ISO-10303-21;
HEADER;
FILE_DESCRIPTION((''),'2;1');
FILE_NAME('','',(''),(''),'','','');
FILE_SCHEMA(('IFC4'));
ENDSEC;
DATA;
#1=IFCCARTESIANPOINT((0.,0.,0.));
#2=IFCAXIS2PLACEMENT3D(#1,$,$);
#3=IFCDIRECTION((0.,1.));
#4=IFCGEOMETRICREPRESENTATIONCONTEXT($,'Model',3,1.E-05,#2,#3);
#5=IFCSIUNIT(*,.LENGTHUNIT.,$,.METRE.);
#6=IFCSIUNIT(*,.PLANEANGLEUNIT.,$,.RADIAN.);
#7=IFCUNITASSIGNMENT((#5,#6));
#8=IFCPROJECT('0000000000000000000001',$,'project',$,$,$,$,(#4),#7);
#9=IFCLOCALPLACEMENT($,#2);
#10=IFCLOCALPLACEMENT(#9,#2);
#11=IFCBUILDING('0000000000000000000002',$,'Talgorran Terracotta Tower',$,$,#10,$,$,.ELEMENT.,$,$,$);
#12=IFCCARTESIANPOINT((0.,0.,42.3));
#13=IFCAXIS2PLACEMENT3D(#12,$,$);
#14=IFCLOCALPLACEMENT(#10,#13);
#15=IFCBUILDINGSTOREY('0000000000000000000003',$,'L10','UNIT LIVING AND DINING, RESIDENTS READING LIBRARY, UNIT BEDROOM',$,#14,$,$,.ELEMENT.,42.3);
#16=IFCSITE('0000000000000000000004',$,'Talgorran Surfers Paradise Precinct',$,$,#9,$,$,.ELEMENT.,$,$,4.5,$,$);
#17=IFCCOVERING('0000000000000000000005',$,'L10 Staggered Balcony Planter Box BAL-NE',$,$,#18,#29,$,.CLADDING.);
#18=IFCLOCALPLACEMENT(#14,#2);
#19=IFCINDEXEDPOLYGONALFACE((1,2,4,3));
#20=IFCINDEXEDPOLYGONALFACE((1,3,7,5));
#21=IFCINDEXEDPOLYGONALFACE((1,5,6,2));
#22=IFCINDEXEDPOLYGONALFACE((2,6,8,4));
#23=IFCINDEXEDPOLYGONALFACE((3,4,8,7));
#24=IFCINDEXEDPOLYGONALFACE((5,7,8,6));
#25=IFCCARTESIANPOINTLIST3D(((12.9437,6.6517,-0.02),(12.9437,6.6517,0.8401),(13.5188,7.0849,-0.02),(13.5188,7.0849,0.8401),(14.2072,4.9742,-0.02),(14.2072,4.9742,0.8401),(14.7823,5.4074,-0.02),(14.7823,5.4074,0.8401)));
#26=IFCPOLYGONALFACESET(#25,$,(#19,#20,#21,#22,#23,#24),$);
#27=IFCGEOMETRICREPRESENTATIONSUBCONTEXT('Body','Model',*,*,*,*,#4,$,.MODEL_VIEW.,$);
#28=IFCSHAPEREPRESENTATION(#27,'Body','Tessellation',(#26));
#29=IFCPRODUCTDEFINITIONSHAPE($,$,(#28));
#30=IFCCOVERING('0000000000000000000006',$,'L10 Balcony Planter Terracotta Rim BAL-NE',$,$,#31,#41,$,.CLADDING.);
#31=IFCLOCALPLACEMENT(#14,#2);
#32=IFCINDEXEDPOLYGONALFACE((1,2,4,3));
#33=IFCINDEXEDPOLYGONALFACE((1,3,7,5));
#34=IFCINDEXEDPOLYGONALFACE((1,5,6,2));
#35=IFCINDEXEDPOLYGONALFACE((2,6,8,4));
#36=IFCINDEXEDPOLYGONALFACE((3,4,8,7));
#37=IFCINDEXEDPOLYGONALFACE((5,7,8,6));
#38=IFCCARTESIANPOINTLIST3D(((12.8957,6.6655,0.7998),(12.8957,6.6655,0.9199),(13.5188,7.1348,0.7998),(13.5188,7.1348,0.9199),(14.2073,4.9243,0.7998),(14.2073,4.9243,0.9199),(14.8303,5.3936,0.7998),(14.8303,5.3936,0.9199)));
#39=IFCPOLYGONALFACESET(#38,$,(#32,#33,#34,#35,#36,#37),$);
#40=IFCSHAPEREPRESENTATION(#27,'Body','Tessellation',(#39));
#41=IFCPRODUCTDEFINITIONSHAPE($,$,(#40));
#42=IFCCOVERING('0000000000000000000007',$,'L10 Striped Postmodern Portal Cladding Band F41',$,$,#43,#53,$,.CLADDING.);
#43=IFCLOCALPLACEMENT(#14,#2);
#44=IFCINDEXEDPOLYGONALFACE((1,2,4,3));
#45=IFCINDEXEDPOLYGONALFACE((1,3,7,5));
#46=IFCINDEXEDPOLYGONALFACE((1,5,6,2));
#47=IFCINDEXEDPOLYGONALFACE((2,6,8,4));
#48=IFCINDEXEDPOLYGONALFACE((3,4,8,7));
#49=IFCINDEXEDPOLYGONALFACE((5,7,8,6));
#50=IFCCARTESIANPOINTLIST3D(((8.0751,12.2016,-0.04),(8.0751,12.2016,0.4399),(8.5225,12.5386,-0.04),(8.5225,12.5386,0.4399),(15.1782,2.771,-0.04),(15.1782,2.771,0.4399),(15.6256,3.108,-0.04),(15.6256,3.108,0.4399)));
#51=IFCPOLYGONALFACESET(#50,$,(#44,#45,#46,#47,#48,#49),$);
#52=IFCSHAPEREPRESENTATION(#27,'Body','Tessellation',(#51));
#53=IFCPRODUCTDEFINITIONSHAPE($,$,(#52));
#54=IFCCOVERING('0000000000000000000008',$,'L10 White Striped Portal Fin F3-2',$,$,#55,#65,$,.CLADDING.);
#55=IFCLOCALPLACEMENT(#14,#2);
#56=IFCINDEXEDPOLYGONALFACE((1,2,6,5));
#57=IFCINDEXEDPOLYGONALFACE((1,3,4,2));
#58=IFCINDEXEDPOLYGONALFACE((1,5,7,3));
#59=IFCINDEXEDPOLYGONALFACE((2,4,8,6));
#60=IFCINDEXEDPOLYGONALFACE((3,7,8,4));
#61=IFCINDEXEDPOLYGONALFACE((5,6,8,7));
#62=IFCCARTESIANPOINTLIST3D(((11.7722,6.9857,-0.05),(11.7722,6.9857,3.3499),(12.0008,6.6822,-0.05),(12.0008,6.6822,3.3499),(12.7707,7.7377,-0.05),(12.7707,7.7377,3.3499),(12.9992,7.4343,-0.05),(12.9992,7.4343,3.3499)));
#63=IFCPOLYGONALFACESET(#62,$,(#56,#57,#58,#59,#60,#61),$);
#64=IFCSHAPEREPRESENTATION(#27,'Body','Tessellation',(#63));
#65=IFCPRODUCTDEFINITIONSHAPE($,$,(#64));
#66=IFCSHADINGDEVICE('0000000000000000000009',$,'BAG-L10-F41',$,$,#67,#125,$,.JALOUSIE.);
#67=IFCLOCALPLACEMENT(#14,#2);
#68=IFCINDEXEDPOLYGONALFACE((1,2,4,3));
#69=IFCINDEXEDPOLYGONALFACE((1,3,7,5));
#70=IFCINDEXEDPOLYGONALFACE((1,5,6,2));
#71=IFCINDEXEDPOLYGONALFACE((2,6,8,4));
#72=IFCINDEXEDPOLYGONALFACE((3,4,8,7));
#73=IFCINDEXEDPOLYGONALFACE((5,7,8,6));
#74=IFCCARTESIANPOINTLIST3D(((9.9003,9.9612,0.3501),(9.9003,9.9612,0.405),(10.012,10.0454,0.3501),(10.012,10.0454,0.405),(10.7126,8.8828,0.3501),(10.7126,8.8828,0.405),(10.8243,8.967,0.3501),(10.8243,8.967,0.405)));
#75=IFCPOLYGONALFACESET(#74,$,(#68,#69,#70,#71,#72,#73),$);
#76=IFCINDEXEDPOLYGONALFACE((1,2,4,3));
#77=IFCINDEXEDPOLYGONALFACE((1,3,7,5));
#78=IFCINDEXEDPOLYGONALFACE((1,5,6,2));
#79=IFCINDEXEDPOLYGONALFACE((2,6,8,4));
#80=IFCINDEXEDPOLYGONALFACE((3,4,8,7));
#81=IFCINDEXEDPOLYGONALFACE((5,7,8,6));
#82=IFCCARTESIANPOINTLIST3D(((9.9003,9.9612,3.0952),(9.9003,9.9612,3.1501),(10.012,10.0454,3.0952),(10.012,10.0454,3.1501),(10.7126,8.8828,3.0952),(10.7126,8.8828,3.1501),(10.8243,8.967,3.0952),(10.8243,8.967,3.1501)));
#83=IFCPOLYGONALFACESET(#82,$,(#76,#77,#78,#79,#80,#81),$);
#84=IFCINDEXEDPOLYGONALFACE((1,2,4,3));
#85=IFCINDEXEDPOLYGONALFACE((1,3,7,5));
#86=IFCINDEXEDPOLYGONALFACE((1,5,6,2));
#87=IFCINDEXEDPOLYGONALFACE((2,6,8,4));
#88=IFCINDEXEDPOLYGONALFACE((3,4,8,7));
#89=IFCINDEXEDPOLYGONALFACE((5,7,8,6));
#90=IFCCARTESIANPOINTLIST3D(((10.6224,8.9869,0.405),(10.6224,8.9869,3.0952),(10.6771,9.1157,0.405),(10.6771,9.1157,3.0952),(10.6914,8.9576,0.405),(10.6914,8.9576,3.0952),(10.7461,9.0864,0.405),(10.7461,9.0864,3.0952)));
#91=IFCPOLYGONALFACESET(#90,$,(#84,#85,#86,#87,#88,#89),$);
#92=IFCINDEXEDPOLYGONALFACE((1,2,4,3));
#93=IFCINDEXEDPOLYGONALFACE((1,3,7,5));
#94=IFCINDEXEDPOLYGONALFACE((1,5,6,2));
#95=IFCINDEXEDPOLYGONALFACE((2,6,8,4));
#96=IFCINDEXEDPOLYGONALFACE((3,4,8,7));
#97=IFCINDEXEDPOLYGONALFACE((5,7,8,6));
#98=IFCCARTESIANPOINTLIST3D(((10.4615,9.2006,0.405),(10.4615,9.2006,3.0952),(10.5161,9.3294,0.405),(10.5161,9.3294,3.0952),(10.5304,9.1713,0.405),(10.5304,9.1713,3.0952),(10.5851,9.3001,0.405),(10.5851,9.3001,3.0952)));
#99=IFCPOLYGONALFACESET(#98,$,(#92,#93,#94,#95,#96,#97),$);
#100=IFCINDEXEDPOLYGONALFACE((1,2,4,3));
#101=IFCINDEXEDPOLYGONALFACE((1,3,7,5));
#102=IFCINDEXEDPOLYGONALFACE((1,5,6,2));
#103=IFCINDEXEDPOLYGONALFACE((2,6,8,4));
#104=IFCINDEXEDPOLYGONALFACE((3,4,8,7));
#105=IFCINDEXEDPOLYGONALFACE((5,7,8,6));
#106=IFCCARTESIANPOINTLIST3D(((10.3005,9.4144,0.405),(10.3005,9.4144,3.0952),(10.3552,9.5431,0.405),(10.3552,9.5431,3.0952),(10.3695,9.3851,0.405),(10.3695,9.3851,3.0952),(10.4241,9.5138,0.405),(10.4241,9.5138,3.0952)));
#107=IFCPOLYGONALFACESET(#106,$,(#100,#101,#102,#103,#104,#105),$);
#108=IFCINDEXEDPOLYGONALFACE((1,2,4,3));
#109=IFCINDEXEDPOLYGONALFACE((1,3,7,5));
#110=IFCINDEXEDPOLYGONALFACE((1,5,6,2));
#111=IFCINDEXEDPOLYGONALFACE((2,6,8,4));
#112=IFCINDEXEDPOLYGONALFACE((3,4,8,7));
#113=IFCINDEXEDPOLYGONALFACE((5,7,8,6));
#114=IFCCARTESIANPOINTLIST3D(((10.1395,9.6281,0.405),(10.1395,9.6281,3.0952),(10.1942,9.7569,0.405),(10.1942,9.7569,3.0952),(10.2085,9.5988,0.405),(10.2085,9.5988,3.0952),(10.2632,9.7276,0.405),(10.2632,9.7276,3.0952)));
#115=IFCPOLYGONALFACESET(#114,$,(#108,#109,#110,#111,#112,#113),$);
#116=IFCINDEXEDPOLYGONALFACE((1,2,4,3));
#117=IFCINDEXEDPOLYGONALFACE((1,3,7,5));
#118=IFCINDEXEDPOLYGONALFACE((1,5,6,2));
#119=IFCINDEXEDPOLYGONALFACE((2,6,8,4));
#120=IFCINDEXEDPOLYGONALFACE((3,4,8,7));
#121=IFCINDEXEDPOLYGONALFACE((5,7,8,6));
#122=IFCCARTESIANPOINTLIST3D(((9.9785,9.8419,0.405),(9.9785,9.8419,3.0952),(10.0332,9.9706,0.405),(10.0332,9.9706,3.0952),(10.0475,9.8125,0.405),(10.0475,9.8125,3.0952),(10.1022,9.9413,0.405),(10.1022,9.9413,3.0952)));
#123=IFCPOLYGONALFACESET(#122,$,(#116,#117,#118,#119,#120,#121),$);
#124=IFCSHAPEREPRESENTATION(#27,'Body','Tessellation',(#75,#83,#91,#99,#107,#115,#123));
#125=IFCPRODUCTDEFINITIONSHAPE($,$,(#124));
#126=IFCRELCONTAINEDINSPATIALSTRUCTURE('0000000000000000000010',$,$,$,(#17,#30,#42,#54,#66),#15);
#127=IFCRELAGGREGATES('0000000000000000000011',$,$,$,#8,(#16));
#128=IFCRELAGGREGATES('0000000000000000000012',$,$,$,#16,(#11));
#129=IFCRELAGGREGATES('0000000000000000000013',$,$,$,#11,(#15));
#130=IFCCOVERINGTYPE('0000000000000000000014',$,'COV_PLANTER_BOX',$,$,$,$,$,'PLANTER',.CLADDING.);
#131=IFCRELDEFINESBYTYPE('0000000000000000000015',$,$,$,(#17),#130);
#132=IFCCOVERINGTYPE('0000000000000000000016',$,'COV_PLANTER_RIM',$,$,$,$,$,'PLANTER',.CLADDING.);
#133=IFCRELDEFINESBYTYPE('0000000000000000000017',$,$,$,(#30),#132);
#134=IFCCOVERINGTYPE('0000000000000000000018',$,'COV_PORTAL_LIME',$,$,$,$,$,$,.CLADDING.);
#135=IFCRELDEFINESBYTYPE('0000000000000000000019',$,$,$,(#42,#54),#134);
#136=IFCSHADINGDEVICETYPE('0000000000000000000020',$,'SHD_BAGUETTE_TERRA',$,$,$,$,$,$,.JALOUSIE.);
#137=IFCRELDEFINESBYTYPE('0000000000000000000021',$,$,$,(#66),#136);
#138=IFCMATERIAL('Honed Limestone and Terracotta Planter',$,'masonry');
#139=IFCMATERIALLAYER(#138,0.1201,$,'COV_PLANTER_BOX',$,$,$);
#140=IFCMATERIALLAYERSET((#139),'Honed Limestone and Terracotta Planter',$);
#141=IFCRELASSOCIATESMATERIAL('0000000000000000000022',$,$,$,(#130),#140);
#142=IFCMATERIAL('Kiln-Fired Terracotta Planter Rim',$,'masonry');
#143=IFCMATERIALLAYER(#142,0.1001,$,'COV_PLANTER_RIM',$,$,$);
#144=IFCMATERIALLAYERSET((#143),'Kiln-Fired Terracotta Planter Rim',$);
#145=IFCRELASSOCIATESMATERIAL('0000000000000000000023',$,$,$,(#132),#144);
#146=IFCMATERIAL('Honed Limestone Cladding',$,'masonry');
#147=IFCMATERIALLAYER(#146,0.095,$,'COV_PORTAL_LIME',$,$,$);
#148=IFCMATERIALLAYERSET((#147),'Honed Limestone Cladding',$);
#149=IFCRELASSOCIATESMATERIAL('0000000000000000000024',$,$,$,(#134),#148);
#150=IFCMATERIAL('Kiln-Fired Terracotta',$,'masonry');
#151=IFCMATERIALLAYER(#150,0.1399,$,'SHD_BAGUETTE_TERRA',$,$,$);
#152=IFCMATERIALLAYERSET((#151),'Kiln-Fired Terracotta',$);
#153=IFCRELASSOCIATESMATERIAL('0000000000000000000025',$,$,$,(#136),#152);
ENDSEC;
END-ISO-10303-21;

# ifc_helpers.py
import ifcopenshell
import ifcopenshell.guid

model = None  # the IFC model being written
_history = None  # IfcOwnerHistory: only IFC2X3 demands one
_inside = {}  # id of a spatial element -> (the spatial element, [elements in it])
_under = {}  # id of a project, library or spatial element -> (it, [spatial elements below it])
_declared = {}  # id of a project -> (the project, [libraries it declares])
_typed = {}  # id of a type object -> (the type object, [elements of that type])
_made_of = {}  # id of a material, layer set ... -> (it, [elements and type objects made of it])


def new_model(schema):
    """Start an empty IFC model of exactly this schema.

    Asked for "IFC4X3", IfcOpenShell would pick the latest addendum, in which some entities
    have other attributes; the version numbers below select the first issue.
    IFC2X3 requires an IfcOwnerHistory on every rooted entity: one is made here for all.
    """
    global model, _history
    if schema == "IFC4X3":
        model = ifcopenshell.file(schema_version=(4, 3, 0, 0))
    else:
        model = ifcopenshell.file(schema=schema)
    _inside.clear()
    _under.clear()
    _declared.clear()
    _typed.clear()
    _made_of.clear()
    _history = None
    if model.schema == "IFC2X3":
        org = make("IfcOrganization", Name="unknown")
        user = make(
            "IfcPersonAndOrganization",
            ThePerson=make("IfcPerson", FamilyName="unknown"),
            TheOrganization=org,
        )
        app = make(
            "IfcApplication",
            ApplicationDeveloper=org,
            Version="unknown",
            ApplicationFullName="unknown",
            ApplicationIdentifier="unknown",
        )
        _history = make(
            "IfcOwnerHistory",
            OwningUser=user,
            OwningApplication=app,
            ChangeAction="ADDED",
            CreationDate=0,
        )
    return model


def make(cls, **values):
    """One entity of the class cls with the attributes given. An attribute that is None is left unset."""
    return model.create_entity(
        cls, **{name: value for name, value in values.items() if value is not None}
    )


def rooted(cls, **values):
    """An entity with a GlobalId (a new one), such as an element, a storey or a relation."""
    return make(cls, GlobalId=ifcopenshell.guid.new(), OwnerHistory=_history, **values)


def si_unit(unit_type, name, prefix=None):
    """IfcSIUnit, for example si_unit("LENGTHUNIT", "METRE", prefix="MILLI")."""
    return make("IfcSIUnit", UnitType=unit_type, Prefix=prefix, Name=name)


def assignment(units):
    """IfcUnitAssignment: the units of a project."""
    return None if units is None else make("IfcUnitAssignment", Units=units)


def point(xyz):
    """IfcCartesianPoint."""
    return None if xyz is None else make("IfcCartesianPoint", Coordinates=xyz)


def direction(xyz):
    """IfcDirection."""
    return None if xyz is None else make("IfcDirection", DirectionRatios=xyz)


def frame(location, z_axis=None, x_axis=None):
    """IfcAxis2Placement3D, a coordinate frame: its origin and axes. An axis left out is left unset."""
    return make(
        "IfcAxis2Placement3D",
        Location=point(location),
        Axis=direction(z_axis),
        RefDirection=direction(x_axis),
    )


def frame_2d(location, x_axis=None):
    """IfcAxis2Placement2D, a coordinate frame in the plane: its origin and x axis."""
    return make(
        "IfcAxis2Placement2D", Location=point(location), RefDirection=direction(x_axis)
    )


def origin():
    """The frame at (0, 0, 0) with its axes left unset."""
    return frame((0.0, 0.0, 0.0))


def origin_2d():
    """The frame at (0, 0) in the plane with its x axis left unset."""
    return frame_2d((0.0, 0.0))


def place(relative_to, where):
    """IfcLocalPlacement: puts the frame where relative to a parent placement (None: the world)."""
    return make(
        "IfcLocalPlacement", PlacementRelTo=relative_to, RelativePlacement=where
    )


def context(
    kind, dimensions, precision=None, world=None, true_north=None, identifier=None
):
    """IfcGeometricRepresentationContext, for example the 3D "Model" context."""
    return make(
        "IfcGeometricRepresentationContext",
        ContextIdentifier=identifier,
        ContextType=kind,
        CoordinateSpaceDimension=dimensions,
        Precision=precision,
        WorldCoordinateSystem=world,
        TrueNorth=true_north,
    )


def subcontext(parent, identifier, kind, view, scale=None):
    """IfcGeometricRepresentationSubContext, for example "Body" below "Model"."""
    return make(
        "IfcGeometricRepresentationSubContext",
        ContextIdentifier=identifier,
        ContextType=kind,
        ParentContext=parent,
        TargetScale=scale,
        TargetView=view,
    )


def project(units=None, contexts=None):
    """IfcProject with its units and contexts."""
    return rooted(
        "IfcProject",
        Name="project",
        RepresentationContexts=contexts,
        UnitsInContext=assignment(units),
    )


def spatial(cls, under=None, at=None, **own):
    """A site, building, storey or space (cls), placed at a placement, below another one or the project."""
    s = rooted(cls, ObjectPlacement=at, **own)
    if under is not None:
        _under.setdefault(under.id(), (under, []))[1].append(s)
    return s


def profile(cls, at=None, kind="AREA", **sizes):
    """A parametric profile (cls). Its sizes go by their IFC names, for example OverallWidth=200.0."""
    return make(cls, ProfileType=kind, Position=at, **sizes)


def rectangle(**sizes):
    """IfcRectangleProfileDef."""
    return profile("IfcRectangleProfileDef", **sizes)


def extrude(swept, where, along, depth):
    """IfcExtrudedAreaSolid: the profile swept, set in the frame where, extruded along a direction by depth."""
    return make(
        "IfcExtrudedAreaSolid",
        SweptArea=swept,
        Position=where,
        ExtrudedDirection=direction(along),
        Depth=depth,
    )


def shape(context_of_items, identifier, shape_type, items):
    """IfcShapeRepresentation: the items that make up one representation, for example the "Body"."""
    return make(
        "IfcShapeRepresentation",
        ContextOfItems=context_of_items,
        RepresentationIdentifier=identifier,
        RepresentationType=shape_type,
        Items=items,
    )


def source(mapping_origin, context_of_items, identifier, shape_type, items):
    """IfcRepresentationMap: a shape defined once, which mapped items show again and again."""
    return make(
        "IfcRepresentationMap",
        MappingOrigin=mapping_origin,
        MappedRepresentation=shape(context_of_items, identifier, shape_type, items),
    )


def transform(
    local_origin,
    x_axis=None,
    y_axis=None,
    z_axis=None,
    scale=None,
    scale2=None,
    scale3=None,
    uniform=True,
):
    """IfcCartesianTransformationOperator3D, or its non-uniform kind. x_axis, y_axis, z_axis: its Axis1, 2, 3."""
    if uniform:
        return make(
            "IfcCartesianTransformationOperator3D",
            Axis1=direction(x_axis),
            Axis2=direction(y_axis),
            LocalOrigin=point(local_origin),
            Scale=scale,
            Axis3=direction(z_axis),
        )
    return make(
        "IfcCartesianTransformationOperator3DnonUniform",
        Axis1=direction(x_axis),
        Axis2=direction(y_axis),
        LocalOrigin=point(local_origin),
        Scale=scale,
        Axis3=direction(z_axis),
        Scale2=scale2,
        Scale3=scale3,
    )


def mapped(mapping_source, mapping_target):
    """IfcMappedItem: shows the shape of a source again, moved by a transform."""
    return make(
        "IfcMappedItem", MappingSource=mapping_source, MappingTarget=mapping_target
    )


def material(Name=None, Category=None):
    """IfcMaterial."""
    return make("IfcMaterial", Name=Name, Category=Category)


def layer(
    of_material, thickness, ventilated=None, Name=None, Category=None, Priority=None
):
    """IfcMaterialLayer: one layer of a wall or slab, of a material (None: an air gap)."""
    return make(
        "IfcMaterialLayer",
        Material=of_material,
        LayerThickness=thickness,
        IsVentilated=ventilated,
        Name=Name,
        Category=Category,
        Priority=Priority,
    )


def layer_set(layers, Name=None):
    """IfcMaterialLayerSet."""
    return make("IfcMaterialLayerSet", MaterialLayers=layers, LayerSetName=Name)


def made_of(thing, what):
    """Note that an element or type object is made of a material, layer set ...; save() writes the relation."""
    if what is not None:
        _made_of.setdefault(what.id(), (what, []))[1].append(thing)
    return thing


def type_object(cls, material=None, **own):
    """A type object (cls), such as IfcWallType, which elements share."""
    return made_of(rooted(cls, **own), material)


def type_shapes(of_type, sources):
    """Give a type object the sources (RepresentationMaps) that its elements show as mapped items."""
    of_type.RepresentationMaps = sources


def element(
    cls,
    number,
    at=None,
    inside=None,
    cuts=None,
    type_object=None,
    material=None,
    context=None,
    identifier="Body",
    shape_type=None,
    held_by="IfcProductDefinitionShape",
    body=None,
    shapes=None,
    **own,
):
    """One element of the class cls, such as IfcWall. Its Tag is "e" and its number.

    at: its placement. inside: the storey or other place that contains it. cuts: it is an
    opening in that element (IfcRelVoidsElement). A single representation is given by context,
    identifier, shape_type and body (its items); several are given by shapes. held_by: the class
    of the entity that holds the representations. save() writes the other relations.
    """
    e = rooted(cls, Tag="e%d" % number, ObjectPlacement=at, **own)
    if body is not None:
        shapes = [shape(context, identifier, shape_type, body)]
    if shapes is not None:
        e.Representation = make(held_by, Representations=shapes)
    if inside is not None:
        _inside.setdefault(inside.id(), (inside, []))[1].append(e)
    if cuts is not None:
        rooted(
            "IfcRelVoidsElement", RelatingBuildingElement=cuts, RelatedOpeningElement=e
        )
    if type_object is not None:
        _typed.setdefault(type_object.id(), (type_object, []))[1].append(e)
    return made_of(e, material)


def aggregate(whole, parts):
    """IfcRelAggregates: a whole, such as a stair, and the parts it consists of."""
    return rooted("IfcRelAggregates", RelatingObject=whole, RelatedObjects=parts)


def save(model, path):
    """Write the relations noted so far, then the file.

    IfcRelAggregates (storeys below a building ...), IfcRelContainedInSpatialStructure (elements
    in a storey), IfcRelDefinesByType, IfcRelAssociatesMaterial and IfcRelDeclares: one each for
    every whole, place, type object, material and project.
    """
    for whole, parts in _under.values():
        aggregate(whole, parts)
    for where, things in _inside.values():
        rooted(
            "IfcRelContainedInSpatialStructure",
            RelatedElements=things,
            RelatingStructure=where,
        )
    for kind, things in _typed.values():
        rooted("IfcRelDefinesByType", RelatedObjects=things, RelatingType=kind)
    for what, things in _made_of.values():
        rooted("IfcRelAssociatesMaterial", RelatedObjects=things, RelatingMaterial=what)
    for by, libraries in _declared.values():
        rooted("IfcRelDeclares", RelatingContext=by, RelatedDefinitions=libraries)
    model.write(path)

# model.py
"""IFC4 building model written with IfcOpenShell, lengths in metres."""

from ifc_helpers import new_model, si_unit, direction, frame, origin, origin_2d, place, context, subcontext, project, spatial, rectangle, extrude, source, transform, mapped, material, layer, layer_set, type_object, type_shapes, element, save


model = new_model("IFC4")

# Units and contexts
model_context = context("Model", 3, precision=1e-05, world=origin(), true_north=direction((0.0, 1.0)))
body_context = subcontext(model_context, "Body", "Model", "MODEL_VIEW")
ifc_project = project(units=[si_unit("LENGTHUNIT", "METRE"), si_unit("PLANEANGLEUNIT", "RADIAN")], contexts=[model_context])

# Site, building, storey
site_placement = place(None, origin())
site = spatial("IfcSite", under=ifc_project, at=site_placement, Name="Talgorran Surfers Paradise Precinct", CompositionType="ELEMENT", RefElevation=4.5)
building_placement = place(site_placement, origin())
building = spatial("IfcBuilding", under=site, at=building_placement, Name="Talgorran Terracotta Tower", CompositionType="ELEMENT")
storey_placement = place(building_placement, frame((0.0, 0.0, 42.3)))
storey = spatial("IfcBuildingStorey", under=building, at=storey_placement, Name="L10", Description="UNIT LIVING AND DINING, RESIDENTS READING LIBRARY, UNIT BEDROOM", CompositionType="ELEMENT", Elevation=42.3)

# Coverings
ifc_material_1 = material(Name="Honed Limestone and Terracotta Planter", Category="masonry")
ifc_layer_1 = layer(ifc_material_1, 0.1201, Name="COV_PLANTER_BOX")
ifc_layer_set_1 = layer_set([ifc_layer_1], Name="Honed Limestone and Terracotta Planter")
covering_type_1 = type_object("IfcCoveringType", Name="COV_PLANTER_BOX", ElementType="PLANTER", PredefinedType="CLADDING", material=ifc_layer_set_1)
covering_1_placement = place(storey_placement, frame((13.863, 6.0295, -0.02), z_axis=(0.0, 0.0, 1.0), x_axis=(-0.601634, 0.798772, 0.0)))
element("IfcCovering", 1, at=covering_1_placement, inside=storey, type_object=covering_type_1, Name="L10 Staggered Balcony Planter Box BAL-NE", PredefinedType="CLADDING", context=body_context, shape_type="SweptSolid", body=[
    extrude(rectangle(XDim=2.1001, YDim=0.72, at=origin_2d()), origin(), (0.0, 0.0, 1.0), 0.8601),
])
ifc_material_2 = material(Name="Kiln-Fired Terracotta Planter Rim", Category="masonry")
ifc_layer_2 = layer(ifc_material_2, 0.1001, Name="COV_PLANTER_RIM")
ifc_layer_set_2 = layer_set([ifc_layer_2], Name="Kiln-Fired Terracotta Planter Rim")
covering_type_2 = type_object("IfcCoveringType", Name="COV_PLANTER_RIM", ElementType="PLANTER", PredefinedType="CLADDING", material=ifc_layer_set_2)
covering_2_placement = place(storey_placement, frame((13.863, 6.0295, 0.7998), z_axis=(0.0, 0.0, 1.0), x_axis=(-0.601634, 0.798772, 0.0)))
element("IfcCovering", 2, at=covering_2_placement, inside=storey, type_object=covering_type_2, Name="L10 Balcony Planter Terracotta Rim BAL-NE", PredefinedType="CLADDING", context=body_context, shape_type="SweptSolid", body=[
    extrude(rectangle(XDim=2.1799, YDim=0.78, at=origin_2d()), origin(), (0.0, 0.0, 1.0), 0.1201),
])
ifc_material_3 = material(Name="Honed Limestone Cladding", Category="masonry")
ifc_layer_3 = layer(ifc_material_3, 0.095, Name="COV_PORTAL_LIME")
ifc_layer_set_3 = layer_set([ifc_layer_3], Name="Honed Limestone Cladding")
covering_type_3 = type_object("IfcCoveringType", Name="COV_PORTAL_LIME", PredefinedType="CLADDING", material=ifc_layer_set_3)
covering_3_placement = place(storey_placement, frame((11.8503, 7.6548, -0.04), z_axis=(0.0, 0.0, 1.0), x_axis=(-0.601634, 0.798772, 0.0)))
element("IfcCovering", 3, at=covering_3_placement, inside=storey, type_object=covering_type_3, Name="L10 Striped Postmodern Portal Cladding Band F41", PredefinedType="CLADDING", context=body_context, shape_type="SweptSolid", body=[
    extrude(rectangle(XDim=11.8064, YDim=0.5601, at=origin_2d()), origin(), (0.0, 0.0, 1.0), 0.48),
])
covering_4_placement = place(storey_placement, frame((12.3857, 7.21, -0.05), z_axis=(0.0, 0.0, 1.0), x_axis=(-0.601634, 0.798772, 0.0)))
element("IfcCovering", 4, at=covering_4_placement, inside=storey, type_object=covering_type_3, Name="L10 White Striped Portal Fin F3-2", PredefinedType="CLADDING", context=body_context, shape_type="SweptSolid", body=[
    extrude(rectangle(XDim=0.3799, YDim=1.25, at=origin_2d()), origin(), (0.0, 0.0, 1.0), 3.3999),
])

# Shading device
ifc_material_4 = material(Name="Kiln-Fired Terracotta", Category="masonry")
ifc_layer_4 = layer(ifc_material_4, 0.1399, Name="SHD_BAGUETTE_TERRA")
ifc_layer_set_4 = layer_set([ifc_layer_4], Name="Kiln-Fired Terracotta")
shading_device_type = type_object("IfcShadingDeviceType", Name="SHD_BAGUETTE_TERRA", PredefinedType="JALOUSIE", material=ifc_layer_set_4)
shared_shape_1 = source(origin(), body_context, "Body", "SweptSolid", [
    extrude(rectangle(XDim=1.3501, YDim=0.1399, at=origin_2d()), origin(), (0.0, 0.0, 1.0), 0.0549),
    extrude(rectangle(XDim=1.3501, YDim=0.1399, at=origin_2d()), frame((0.0, 0.0, 2.7451)), (0.0, 0.0, 1.0), 0.0549),
    extrude(rectangle(XDim=0.075, YDim=0.1399, at=origin_2d()), frame((-0.5352, 0.0, 0.0549), z_axis=(0.0, 0.0, 1.0), x_axis=(0.866025, 0.5, 0.0)), (0.0, 0.0, 1.0), 2.6902),
    extrude(rectangle(XDim=0.075, YDim=0.1399, at=origin_2d()), frame((-0.2676, 0.0, 0.0549), z_axis=(0.0, 0.0, 1.0), x_axis=(0.866025, 0.5, 0.0)), (0.0, 0.0, 1.0), 2.6902),
    extrude(rectangle(XDim=0.075, YDim=0.1399, at=origin_2d()), frame((0.0, 0.0, 0.0549), z_axis=(0.0, 0.0, 1.0), x_axis=(0.866025, 0.5, 0.0)), (0.0, 0.0, 1.0), 2.6902),
    extrude(rectangle(XDim=0.075, YDim=0.1399, at=origin_2d()), frame((0.2676, 0.0, 0.0549), z_axis=(0.0, 0.0, 1.0), x_axis=(0.866025, 0.5, 0.0)), (0.0, 0.0, 1.0), 2.6902),
    extrude(rectangle(XDim=0.075, YDim=0.1399, at=origin_2d()), frame((0.5352, 0.0, 0.0549), z_axis=(0.0, 0.0, 1.0), x_axis=(0.866025, 0.5, 0.0)), (0.0, 0.0, 1.0), 2.6902),
])
type_shapes(shading_device_type, [shared_shape_1])
shading_device_placement = place(storey_placement, frame((10.3623, 9.4641, 0.3501), z_axis=(0.0, 0.0, 1.0), x_axis=(-0.601634, 0.798772, 0.0)))
element("IfcShadingDevice", 5, at=shading_device_placement, inside=storey, type_object=shading_device_type, Name="BAG-L10-F41", PredefinedType="JALOUSIE", context=body_context, shape_type="MappedRepresentation", body=[
    mapped(shared_shape_1, transform((0.0, 0.0, 0.0), scale=1.0)),
])

save(model, "model.ifc")
